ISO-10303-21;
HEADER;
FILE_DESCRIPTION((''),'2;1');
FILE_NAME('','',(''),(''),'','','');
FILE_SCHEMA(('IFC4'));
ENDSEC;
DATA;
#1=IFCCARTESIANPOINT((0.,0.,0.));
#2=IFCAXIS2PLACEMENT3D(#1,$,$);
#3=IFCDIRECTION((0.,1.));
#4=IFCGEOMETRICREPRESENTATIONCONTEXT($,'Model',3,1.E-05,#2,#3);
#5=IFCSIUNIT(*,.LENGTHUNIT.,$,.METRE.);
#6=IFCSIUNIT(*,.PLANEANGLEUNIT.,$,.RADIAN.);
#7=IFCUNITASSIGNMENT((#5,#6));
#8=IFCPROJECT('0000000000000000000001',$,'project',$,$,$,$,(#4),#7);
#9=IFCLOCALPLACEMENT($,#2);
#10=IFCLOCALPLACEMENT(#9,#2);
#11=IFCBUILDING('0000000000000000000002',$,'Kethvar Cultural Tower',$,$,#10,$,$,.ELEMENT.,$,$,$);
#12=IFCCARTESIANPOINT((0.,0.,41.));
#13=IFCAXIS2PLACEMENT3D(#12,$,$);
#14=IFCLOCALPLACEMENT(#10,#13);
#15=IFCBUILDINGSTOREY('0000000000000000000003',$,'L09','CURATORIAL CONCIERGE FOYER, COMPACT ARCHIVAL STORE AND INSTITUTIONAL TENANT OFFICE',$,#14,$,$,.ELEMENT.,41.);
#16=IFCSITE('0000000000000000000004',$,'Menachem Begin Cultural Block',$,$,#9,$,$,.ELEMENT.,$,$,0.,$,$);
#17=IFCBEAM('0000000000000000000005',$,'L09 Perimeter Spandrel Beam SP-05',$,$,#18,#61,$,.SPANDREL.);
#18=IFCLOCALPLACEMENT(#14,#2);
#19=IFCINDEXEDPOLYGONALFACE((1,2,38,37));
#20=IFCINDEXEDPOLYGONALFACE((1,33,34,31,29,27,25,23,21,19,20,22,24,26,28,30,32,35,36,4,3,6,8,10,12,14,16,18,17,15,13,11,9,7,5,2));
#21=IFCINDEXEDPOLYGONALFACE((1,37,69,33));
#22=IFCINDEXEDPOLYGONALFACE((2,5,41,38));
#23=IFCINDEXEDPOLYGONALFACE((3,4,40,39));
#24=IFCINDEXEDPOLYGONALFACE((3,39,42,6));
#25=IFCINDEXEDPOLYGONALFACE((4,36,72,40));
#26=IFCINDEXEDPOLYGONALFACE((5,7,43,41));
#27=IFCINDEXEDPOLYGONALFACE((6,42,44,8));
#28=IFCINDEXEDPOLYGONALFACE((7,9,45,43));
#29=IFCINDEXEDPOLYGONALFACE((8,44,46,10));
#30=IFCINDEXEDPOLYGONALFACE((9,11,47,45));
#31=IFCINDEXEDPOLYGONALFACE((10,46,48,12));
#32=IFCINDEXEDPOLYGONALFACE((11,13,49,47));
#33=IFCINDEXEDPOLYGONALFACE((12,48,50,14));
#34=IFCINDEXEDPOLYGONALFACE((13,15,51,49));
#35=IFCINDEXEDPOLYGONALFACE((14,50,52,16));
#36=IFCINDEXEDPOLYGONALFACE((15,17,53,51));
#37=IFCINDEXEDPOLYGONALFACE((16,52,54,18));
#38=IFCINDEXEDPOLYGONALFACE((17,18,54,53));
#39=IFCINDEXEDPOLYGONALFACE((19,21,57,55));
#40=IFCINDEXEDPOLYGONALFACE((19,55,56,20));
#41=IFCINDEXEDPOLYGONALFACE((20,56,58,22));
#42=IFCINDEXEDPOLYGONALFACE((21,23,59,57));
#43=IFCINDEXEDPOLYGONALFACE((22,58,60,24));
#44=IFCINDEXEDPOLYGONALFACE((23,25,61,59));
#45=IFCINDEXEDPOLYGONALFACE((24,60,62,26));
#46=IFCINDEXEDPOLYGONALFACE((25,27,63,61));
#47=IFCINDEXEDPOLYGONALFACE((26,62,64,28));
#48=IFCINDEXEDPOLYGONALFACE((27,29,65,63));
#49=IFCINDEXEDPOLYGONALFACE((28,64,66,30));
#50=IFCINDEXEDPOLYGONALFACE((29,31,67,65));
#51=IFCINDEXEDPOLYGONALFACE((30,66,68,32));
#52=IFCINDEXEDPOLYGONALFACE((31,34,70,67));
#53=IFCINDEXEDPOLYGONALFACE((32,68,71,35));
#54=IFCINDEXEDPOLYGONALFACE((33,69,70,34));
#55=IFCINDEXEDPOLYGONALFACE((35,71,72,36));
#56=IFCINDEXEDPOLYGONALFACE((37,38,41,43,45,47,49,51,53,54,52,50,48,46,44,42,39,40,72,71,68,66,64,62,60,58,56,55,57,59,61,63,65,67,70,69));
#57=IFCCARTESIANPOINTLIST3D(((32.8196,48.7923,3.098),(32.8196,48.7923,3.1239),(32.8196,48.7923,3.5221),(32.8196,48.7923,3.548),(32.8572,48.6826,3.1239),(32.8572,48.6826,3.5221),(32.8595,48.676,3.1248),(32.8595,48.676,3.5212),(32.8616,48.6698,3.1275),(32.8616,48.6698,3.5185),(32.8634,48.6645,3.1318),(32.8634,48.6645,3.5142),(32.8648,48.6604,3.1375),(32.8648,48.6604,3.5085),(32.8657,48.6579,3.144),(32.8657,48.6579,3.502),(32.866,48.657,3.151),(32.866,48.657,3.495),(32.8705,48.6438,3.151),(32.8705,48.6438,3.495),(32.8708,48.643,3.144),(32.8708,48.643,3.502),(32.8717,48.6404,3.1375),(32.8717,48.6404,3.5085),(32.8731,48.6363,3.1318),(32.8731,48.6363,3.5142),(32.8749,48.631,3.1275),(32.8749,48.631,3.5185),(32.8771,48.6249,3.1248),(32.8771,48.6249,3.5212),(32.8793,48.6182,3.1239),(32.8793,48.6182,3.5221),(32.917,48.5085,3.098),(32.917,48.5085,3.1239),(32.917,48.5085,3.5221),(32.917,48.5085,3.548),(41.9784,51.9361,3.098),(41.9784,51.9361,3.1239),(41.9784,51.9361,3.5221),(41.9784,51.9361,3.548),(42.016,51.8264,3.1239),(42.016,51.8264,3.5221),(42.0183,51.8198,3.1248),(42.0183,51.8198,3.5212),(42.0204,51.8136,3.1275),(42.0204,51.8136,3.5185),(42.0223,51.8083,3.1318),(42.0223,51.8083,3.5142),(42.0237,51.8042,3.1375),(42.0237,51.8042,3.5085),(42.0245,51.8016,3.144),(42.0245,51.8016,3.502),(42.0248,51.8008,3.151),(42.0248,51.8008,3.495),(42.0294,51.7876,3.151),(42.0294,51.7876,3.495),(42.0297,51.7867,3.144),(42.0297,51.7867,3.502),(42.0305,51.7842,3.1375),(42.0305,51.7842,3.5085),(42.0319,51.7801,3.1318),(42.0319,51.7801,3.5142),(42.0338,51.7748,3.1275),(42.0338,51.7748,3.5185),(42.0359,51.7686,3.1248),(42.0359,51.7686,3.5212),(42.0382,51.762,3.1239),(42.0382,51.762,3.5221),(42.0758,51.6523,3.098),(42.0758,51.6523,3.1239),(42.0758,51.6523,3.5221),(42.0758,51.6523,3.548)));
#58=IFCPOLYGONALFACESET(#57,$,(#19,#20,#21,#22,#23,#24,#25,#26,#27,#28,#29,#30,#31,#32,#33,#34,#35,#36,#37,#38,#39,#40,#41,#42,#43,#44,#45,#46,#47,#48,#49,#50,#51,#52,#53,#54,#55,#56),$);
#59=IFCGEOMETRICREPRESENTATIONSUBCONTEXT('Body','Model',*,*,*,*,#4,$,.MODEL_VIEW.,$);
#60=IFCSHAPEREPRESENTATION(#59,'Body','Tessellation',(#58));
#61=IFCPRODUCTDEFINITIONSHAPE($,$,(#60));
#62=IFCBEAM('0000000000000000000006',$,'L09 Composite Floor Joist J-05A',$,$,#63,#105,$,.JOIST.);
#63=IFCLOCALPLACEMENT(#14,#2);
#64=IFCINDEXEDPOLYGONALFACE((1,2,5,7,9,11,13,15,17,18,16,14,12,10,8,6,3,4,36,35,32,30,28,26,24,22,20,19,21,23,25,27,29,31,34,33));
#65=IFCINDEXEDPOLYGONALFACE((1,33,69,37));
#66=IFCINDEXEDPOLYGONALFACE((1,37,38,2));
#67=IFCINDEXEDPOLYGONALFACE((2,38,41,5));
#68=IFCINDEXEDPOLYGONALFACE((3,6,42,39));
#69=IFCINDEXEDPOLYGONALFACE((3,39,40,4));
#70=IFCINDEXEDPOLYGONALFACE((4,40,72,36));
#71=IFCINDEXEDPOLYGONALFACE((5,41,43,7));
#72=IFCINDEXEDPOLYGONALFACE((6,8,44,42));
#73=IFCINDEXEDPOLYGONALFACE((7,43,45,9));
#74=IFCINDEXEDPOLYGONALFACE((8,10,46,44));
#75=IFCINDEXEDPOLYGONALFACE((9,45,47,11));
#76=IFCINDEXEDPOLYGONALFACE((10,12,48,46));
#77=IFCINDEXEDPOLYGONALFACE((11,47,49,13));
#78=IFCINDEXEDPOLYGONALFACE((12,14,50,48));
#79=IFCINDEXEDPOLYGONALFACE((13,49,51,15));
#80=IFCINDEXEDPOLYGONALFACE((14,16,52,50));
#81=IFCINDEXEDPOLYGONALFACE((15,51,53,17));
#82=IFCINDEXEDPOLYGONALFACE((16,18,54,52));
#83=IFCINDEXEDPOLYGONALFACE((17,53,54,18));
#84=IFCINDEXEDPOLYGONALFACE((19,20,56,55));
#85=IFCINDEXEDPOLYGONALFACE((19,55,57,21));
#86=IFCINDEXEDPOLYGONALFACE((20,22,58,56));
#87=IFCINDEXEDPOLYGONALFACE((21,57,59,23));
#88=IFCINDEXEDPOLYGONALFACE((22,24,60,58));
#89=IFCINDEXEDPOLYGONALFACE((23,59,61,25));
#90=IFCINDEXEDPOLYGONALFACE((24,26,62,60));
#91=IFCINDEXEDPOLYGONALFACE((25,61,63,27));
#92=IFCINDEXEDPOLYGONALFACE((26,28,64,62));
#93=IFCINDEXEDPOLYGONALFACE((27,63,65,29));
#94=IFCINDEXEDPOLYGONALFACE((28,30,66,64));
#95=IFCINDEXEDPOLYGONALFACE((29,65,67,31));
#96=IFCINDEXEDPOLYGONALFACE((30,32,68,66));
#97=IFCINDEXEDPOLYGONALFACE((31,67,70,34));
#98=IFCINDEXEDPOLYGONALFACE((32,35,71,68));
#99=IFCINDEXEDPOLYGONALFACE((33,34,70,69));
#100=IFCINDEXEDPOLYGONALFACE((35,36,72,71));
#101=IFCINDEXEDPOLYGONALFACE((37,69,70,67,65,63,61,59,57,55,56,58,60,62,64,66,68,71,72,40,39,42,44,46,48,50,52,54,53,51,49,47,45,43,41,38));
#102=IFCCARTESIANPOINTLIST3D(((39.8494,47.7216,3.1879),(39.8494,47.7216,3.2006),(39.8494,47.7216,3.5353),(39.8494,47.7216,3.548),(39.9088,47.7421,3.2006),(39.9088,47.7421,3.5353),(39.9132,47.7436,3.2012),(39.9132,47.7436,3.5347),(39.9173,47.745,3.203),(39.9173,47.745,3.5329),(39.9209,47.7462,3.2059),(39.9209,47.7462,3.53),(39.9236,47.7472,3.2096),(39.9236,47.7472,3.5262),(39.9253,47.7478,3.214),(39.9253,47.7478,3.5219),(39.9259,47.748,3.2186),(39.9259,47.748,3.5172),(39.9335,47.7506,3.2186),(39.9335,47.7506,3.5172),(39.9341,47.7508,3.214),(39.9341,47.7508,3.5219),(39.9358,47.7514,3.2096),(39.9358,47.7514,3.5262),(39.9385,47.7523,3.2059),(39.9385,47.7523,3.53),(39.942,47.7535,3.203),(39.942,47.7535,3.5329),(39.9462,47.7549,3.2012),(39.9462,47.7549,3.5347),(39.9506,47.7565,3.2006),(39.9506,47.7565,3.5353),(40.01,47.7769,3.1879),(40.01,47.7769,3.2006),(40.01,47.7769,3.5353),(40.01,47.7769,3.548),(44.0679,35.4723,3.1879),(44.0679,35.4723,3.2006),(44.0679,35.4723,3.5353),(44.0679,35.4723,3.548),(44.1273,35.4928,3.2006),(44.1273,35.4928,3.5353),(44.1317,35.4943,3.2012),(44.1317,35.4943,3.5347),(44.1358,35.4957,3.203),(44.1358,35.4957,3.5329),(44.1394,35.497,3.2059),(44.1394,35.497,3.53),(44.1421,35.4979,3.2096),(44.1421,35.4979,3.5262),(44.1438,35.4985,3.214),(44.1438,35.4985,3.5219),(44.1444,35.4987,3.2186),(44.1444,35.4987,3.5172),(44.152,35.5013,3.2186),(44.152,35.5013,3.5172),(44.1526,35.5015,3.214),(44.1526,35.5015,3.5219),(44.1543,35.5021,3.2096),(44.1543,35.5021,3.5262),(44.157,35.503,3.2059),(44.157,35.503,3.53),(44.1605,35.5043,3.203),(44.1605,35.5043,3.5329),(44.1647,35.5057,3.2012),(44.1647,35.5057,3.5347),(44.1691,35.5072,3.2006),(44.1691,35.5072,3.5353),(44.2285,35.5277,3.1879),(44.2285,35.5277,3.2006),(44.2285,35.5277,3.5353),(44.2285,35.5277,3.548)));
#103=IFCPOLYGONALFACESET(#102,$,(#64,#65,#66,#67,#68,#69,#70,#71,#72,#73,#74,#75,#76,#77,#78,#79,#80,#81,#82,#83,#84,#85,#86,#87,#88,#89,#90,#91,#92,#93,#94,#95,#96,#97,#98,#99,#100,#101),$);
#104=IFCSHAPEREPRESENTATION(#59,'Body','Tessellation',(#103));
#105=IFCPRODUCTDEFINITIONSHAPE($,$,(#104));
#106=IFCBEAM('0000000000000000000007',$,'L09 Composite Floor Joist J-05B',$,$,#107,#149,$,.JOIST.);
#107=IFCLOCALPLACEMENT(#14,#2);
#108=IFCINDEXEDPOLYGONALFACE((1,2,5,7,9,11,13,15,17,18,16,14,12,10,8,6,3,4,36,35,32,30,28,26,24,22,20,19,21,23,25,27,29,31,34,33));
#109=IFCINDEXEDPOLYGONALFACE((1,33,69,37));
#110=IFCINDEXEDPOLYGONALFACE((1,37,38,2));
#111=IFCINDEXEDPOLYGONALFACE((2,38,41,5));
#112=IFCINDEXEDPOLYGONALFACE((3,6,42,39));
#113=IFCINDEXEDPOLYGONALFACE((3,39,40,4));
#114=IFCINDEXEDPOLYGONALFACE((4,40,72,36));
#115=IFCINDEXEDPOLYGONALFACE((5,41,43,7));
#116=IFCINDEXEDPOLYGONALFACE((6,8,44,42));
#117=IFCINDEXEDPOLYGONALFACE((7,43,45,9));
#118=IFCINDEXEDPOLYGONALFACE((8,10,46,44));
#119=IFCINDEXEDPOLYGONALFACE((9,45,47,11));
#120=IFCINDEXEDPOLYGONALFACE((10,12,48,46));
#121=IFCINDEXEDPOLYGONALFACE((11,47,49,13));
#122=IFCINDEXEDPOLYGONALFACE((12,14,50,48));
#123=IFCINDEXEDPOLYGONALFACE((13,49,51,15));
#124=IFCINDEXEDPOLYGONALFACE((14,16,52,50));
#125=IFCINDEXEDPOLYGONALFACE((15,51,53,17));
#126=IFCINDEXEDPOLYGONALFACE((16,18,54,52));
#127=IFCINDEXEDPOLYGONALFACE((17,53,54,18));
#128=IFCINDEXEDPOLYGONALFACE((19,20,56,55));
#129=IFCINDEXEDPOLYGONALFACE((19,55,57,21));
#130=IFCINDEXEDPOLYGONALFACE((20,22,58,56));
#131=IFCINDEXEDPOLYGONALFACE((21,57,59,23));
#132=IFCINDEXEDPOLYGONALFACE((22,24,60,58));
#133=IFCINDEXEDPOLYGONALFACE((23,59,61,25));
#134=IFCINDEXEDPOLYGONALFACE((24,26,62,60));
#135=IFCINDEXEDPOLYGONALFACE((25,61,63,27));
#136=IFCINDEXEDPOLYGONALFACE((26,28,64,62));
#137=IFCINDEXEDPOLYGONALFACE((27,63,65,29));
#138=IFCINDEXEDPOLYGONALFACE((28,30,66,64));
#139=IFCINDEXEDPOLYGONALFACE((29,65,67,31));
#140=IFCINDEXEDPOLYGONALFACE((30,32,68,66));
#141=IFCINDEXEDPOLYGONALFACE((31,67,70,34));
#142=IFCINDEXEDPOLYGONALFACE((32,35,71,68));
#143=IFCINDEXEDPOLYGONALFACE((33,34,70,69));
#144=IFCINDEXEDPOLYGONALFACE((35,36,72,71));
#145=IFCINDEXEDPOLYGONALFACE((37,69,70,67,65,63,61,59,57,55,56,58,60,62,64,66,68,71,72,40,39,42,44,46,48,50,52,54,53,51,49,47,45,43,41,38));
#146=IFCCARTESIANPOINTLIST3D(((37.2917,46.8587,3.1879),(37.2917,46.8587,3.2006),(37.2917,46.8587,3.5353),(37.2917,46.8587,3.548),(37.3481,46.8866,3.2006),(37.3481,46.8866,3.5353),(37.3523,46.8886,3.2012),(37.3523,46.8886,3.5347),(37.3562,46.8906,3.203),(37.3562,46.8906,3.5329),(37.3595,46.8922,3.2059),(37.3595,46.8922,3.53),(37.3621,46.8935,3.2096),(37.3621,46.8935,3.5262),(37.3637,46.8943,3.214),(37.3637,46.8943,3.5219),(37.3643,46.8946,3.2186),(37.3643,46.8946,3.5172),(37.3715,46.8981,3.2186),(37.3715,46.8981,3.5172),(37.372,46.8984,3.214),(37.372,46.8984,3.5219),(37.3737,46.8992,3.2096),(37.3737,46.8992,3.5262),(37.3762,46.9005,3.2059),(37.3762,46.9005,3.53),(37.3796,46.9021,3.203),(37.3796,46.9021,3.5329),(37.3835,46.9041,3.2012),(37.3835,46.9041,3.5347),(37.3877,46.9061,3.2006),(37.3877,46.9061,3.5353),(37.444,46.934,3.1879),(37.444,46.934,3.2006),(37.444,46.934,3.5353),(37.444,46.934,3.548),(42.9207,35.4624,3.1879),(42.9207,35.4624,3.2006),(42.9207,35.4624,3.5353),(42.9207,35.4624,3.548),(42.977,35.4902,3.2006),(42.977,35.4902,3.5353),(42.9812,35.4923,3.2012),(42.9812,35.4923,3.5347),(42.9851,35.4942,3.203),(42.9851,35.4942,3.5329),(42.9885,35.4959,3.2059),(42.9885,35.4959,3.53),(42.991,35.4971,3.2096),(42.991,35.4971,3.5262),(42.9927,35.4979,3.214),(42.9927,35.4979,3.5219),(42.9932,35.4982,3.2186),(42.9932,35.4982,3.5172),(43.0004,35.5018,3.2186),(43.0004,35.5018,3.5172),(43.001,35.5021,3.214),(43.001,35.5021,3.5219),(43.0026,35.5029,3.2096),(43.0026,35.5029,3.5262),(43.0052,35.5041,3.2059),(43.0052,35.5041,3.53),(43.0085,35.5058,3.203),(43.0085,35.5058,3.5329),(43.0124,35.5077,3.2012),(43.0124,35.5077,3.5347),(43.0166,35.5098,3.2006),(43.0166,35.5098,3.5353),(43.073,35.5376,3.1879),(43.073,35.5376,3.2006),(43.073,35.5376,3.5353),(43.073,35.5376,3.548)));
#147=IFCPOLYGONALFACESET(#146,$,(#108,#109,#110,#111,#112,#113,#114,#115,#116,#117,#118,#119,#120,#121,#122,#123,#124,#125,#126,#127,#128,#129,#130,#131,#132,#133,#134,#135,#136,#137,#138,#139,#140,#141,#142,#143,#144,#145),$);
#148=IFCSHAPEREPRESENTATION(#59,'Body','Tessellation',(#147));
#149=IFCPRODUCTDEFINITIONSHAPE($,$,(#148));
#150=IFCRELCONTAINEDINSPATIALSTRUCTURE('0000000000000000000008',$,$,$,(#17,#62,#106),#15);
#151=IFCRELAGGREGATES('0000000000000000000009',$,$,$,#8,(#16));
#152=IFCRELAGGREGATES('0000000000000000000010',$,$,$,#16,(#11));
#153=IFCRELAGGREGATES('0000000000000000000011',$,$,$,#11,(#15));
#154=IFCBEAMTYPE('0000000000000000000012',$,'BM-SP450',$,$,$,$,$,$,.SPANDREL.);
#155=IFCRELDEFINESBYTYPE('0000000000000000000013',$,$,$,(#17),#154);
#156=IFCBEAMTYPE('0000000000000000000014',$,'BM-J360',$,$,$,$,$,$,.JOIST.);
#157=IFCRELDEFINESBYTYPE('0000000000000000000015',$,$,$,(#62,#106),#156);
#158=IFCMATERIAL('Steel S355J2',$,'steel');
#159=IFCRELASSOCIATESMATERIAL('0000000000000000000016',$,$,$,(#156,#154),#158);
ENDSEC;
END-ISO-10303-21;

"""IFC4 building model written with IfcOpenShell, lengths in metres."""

from ifc_helpers import new_model, si_unit, direction, frame, origin, origin_2d, place, context, subcontext, project, spatial, i_section, extrude, source, transform, mapped, material, material_profile, profile_set, type_object, element, save


model = new_model("IFC4")

# Units and contexts
model_context = context("Model", 3, precision=1e-05, world=origin(), true_north=direction((0.0, 1.0)))
body_context = subcontext(model_context, "Body", "Model", "MODEL_VIEW")
ifc_project = project(units=[si_unit("LENGTHUNIT", "METRE"), si_unit("PLANEANGLEUNIT", "RADIAN")], contexts=[model_context])

# Site, building, storey
site_placement = place(None, origin())
site = spatial("IfcSite", under=ifc_project, at=site_placement, Name="Menachem Begin Cultural Block", CompositionType="ELEMENT", RefElevation=0.0)
building_placement = place(site_placement, origin())
building = spatial("IfcBuilding", under=site, at=building_placement, Name="Kethvar Cultural Tower", CompositionType="ELEMENT")
storey_placement = place(building_placement, frame((0.0, 0.0, 41.0)))
storey = spatial("IfcBuildingStorey", under=building, at=storey_placement, Name="L09", Description="CURATORIAL CONCIERGE FOYER, COMPACT ARCHIVAL STORE AND INSTITUTIONAL TENANT OFFICE", CompositionType="ELEMENT", Elevation=41.0)

# Beams
ifc_material_1 = material(Name="Steel S355J2", Category="steel")
ifc_material_profile_1 = material_profile(ifc_material_1, i_section(OverallWidth=0.1699, OverallDepth=0.3601, WebThickness=0.0081, FlangeThickness=0.0127, FilletRadius=0.0181, at=origin_2d()), Name="Steel S355J2 — IPE360")
ifc_profile_set_1 = profile_set([ifc_material_profile_1], Name="Steel S355J2 — IPE360")
beam_type_1 = type_object("IfcBeamType", Name="BM-J360", PredefinedType="JOIST", material=ifc_profile_set_1)
ifc_material_profile_2 = material_profile(ifc_material_1, i_section(OverallWidth=0.3, OverallDepth=0.45, WebThickness=0.0139, FlangeThickness=0.0259, FilletRadius=0.0271, at=origin_2d()), Name="Steel S355J2 — HEB450")
ifc_profile_set_2 = profile_set([ifc_material_profile_2], Name="Steel S355J2 — HEB450")
beam_type_2 = type_object("IfcBeamType", Name="BM-SP450", PredefinedType="SPANDREL", material=ifc_profile_set_2)
shared_shape_1 = source(origin(), body_context, "Body", "SweptSolid", [
    extrude(i_section(OverallWidth=0.3, OverallDepth=0.45, WebThickness=0.0139, FlangeThickness=0.0259, FilletRadius=0.0271, at=origin_2d()), origin(), (0.0, 0.0, 1.0), 9.6833),
])
beam_1_placement = place(storey_placement, frame((42.0271, 51.7942, 3.323), z_axis=(-0.945832, -0.324656, 0.0), x_axis=(0.324656, -0.945832, 0.0)))
element("IfcBeam", 1, at=beam_1_placement, inside=storey, type_object=beam_type_2, Name="L09 Perimeter Spandrel Beam SP-05", PredefinedType="SPANDREL", context=body_context, shape_type="MappedRepresentation", body=[
    mapped(shared_shape_1, transform((0.0, 0.0, 0.0), scale=1.0)),
])
shared_shape_2 = source(origin(), body_context, "Body", "SweptSolid", [
    extrude(i_section(OverallWidth=0.1699, OverallDepth=0.3601, WebThickness=0.0081, FlangeThickness=0.0127, FilletRadius=0.0181, at=origin_2d()), origin(), (0.0, 0.0, 1.0), 12.9553),
])
beam_2_placement = place(storey_placement, frame((44.1482, 35.5, 3.3679), z_axis=(-0.32562, 0.945501, 0.0), x_axis=(-0.945501, -0.32562, 0.0)))
element("IfcBeam", 2, at=beam_2_placement, inside=storey, type_object=beam_type_1, Name="L09 Composite Floor Joist J-05A", PredefinedType="JOIST", context=body_context, shape_type="MappedRepresentation", body=[
    mapped(shared_shape_2, transform((0.0, 0.0, 0.0), scale=1.0)),
])
shared_shape_3 = source(origin(), body_context, "Body", "SweptSolid", [
    extrude(i_section(OverallWidth=0.1699, OverallDepth=0.3601, WebThickness=0.0081, FlangeThickness=0.0127, FilletRadius=0.0181, at=origin_2d()), origin(), (0.0, 0.0, 1.0), 12.7107),
])
beam_3_placement = place(storey_placement, frame((42.9968, 35.5, 3.3679), z_axis=(-0.442852, 0.896595, 0.0), x_axis=(-0.896595, -0.442852, 0.0)))
element("IfcBeam", 3, at=beam_3_placement, inside=storey, type_object=beam_type_1, Name="L09 Composite Floor Joist J-05B", PredefinedType="JOIST", context=body_context, shape_type="MappedRepresentation", body=[
    mapped(shared_shape_3, transform((0.0, 0.0, 0.0), scale=1.0)),
])

save(model, "model.ifc")
